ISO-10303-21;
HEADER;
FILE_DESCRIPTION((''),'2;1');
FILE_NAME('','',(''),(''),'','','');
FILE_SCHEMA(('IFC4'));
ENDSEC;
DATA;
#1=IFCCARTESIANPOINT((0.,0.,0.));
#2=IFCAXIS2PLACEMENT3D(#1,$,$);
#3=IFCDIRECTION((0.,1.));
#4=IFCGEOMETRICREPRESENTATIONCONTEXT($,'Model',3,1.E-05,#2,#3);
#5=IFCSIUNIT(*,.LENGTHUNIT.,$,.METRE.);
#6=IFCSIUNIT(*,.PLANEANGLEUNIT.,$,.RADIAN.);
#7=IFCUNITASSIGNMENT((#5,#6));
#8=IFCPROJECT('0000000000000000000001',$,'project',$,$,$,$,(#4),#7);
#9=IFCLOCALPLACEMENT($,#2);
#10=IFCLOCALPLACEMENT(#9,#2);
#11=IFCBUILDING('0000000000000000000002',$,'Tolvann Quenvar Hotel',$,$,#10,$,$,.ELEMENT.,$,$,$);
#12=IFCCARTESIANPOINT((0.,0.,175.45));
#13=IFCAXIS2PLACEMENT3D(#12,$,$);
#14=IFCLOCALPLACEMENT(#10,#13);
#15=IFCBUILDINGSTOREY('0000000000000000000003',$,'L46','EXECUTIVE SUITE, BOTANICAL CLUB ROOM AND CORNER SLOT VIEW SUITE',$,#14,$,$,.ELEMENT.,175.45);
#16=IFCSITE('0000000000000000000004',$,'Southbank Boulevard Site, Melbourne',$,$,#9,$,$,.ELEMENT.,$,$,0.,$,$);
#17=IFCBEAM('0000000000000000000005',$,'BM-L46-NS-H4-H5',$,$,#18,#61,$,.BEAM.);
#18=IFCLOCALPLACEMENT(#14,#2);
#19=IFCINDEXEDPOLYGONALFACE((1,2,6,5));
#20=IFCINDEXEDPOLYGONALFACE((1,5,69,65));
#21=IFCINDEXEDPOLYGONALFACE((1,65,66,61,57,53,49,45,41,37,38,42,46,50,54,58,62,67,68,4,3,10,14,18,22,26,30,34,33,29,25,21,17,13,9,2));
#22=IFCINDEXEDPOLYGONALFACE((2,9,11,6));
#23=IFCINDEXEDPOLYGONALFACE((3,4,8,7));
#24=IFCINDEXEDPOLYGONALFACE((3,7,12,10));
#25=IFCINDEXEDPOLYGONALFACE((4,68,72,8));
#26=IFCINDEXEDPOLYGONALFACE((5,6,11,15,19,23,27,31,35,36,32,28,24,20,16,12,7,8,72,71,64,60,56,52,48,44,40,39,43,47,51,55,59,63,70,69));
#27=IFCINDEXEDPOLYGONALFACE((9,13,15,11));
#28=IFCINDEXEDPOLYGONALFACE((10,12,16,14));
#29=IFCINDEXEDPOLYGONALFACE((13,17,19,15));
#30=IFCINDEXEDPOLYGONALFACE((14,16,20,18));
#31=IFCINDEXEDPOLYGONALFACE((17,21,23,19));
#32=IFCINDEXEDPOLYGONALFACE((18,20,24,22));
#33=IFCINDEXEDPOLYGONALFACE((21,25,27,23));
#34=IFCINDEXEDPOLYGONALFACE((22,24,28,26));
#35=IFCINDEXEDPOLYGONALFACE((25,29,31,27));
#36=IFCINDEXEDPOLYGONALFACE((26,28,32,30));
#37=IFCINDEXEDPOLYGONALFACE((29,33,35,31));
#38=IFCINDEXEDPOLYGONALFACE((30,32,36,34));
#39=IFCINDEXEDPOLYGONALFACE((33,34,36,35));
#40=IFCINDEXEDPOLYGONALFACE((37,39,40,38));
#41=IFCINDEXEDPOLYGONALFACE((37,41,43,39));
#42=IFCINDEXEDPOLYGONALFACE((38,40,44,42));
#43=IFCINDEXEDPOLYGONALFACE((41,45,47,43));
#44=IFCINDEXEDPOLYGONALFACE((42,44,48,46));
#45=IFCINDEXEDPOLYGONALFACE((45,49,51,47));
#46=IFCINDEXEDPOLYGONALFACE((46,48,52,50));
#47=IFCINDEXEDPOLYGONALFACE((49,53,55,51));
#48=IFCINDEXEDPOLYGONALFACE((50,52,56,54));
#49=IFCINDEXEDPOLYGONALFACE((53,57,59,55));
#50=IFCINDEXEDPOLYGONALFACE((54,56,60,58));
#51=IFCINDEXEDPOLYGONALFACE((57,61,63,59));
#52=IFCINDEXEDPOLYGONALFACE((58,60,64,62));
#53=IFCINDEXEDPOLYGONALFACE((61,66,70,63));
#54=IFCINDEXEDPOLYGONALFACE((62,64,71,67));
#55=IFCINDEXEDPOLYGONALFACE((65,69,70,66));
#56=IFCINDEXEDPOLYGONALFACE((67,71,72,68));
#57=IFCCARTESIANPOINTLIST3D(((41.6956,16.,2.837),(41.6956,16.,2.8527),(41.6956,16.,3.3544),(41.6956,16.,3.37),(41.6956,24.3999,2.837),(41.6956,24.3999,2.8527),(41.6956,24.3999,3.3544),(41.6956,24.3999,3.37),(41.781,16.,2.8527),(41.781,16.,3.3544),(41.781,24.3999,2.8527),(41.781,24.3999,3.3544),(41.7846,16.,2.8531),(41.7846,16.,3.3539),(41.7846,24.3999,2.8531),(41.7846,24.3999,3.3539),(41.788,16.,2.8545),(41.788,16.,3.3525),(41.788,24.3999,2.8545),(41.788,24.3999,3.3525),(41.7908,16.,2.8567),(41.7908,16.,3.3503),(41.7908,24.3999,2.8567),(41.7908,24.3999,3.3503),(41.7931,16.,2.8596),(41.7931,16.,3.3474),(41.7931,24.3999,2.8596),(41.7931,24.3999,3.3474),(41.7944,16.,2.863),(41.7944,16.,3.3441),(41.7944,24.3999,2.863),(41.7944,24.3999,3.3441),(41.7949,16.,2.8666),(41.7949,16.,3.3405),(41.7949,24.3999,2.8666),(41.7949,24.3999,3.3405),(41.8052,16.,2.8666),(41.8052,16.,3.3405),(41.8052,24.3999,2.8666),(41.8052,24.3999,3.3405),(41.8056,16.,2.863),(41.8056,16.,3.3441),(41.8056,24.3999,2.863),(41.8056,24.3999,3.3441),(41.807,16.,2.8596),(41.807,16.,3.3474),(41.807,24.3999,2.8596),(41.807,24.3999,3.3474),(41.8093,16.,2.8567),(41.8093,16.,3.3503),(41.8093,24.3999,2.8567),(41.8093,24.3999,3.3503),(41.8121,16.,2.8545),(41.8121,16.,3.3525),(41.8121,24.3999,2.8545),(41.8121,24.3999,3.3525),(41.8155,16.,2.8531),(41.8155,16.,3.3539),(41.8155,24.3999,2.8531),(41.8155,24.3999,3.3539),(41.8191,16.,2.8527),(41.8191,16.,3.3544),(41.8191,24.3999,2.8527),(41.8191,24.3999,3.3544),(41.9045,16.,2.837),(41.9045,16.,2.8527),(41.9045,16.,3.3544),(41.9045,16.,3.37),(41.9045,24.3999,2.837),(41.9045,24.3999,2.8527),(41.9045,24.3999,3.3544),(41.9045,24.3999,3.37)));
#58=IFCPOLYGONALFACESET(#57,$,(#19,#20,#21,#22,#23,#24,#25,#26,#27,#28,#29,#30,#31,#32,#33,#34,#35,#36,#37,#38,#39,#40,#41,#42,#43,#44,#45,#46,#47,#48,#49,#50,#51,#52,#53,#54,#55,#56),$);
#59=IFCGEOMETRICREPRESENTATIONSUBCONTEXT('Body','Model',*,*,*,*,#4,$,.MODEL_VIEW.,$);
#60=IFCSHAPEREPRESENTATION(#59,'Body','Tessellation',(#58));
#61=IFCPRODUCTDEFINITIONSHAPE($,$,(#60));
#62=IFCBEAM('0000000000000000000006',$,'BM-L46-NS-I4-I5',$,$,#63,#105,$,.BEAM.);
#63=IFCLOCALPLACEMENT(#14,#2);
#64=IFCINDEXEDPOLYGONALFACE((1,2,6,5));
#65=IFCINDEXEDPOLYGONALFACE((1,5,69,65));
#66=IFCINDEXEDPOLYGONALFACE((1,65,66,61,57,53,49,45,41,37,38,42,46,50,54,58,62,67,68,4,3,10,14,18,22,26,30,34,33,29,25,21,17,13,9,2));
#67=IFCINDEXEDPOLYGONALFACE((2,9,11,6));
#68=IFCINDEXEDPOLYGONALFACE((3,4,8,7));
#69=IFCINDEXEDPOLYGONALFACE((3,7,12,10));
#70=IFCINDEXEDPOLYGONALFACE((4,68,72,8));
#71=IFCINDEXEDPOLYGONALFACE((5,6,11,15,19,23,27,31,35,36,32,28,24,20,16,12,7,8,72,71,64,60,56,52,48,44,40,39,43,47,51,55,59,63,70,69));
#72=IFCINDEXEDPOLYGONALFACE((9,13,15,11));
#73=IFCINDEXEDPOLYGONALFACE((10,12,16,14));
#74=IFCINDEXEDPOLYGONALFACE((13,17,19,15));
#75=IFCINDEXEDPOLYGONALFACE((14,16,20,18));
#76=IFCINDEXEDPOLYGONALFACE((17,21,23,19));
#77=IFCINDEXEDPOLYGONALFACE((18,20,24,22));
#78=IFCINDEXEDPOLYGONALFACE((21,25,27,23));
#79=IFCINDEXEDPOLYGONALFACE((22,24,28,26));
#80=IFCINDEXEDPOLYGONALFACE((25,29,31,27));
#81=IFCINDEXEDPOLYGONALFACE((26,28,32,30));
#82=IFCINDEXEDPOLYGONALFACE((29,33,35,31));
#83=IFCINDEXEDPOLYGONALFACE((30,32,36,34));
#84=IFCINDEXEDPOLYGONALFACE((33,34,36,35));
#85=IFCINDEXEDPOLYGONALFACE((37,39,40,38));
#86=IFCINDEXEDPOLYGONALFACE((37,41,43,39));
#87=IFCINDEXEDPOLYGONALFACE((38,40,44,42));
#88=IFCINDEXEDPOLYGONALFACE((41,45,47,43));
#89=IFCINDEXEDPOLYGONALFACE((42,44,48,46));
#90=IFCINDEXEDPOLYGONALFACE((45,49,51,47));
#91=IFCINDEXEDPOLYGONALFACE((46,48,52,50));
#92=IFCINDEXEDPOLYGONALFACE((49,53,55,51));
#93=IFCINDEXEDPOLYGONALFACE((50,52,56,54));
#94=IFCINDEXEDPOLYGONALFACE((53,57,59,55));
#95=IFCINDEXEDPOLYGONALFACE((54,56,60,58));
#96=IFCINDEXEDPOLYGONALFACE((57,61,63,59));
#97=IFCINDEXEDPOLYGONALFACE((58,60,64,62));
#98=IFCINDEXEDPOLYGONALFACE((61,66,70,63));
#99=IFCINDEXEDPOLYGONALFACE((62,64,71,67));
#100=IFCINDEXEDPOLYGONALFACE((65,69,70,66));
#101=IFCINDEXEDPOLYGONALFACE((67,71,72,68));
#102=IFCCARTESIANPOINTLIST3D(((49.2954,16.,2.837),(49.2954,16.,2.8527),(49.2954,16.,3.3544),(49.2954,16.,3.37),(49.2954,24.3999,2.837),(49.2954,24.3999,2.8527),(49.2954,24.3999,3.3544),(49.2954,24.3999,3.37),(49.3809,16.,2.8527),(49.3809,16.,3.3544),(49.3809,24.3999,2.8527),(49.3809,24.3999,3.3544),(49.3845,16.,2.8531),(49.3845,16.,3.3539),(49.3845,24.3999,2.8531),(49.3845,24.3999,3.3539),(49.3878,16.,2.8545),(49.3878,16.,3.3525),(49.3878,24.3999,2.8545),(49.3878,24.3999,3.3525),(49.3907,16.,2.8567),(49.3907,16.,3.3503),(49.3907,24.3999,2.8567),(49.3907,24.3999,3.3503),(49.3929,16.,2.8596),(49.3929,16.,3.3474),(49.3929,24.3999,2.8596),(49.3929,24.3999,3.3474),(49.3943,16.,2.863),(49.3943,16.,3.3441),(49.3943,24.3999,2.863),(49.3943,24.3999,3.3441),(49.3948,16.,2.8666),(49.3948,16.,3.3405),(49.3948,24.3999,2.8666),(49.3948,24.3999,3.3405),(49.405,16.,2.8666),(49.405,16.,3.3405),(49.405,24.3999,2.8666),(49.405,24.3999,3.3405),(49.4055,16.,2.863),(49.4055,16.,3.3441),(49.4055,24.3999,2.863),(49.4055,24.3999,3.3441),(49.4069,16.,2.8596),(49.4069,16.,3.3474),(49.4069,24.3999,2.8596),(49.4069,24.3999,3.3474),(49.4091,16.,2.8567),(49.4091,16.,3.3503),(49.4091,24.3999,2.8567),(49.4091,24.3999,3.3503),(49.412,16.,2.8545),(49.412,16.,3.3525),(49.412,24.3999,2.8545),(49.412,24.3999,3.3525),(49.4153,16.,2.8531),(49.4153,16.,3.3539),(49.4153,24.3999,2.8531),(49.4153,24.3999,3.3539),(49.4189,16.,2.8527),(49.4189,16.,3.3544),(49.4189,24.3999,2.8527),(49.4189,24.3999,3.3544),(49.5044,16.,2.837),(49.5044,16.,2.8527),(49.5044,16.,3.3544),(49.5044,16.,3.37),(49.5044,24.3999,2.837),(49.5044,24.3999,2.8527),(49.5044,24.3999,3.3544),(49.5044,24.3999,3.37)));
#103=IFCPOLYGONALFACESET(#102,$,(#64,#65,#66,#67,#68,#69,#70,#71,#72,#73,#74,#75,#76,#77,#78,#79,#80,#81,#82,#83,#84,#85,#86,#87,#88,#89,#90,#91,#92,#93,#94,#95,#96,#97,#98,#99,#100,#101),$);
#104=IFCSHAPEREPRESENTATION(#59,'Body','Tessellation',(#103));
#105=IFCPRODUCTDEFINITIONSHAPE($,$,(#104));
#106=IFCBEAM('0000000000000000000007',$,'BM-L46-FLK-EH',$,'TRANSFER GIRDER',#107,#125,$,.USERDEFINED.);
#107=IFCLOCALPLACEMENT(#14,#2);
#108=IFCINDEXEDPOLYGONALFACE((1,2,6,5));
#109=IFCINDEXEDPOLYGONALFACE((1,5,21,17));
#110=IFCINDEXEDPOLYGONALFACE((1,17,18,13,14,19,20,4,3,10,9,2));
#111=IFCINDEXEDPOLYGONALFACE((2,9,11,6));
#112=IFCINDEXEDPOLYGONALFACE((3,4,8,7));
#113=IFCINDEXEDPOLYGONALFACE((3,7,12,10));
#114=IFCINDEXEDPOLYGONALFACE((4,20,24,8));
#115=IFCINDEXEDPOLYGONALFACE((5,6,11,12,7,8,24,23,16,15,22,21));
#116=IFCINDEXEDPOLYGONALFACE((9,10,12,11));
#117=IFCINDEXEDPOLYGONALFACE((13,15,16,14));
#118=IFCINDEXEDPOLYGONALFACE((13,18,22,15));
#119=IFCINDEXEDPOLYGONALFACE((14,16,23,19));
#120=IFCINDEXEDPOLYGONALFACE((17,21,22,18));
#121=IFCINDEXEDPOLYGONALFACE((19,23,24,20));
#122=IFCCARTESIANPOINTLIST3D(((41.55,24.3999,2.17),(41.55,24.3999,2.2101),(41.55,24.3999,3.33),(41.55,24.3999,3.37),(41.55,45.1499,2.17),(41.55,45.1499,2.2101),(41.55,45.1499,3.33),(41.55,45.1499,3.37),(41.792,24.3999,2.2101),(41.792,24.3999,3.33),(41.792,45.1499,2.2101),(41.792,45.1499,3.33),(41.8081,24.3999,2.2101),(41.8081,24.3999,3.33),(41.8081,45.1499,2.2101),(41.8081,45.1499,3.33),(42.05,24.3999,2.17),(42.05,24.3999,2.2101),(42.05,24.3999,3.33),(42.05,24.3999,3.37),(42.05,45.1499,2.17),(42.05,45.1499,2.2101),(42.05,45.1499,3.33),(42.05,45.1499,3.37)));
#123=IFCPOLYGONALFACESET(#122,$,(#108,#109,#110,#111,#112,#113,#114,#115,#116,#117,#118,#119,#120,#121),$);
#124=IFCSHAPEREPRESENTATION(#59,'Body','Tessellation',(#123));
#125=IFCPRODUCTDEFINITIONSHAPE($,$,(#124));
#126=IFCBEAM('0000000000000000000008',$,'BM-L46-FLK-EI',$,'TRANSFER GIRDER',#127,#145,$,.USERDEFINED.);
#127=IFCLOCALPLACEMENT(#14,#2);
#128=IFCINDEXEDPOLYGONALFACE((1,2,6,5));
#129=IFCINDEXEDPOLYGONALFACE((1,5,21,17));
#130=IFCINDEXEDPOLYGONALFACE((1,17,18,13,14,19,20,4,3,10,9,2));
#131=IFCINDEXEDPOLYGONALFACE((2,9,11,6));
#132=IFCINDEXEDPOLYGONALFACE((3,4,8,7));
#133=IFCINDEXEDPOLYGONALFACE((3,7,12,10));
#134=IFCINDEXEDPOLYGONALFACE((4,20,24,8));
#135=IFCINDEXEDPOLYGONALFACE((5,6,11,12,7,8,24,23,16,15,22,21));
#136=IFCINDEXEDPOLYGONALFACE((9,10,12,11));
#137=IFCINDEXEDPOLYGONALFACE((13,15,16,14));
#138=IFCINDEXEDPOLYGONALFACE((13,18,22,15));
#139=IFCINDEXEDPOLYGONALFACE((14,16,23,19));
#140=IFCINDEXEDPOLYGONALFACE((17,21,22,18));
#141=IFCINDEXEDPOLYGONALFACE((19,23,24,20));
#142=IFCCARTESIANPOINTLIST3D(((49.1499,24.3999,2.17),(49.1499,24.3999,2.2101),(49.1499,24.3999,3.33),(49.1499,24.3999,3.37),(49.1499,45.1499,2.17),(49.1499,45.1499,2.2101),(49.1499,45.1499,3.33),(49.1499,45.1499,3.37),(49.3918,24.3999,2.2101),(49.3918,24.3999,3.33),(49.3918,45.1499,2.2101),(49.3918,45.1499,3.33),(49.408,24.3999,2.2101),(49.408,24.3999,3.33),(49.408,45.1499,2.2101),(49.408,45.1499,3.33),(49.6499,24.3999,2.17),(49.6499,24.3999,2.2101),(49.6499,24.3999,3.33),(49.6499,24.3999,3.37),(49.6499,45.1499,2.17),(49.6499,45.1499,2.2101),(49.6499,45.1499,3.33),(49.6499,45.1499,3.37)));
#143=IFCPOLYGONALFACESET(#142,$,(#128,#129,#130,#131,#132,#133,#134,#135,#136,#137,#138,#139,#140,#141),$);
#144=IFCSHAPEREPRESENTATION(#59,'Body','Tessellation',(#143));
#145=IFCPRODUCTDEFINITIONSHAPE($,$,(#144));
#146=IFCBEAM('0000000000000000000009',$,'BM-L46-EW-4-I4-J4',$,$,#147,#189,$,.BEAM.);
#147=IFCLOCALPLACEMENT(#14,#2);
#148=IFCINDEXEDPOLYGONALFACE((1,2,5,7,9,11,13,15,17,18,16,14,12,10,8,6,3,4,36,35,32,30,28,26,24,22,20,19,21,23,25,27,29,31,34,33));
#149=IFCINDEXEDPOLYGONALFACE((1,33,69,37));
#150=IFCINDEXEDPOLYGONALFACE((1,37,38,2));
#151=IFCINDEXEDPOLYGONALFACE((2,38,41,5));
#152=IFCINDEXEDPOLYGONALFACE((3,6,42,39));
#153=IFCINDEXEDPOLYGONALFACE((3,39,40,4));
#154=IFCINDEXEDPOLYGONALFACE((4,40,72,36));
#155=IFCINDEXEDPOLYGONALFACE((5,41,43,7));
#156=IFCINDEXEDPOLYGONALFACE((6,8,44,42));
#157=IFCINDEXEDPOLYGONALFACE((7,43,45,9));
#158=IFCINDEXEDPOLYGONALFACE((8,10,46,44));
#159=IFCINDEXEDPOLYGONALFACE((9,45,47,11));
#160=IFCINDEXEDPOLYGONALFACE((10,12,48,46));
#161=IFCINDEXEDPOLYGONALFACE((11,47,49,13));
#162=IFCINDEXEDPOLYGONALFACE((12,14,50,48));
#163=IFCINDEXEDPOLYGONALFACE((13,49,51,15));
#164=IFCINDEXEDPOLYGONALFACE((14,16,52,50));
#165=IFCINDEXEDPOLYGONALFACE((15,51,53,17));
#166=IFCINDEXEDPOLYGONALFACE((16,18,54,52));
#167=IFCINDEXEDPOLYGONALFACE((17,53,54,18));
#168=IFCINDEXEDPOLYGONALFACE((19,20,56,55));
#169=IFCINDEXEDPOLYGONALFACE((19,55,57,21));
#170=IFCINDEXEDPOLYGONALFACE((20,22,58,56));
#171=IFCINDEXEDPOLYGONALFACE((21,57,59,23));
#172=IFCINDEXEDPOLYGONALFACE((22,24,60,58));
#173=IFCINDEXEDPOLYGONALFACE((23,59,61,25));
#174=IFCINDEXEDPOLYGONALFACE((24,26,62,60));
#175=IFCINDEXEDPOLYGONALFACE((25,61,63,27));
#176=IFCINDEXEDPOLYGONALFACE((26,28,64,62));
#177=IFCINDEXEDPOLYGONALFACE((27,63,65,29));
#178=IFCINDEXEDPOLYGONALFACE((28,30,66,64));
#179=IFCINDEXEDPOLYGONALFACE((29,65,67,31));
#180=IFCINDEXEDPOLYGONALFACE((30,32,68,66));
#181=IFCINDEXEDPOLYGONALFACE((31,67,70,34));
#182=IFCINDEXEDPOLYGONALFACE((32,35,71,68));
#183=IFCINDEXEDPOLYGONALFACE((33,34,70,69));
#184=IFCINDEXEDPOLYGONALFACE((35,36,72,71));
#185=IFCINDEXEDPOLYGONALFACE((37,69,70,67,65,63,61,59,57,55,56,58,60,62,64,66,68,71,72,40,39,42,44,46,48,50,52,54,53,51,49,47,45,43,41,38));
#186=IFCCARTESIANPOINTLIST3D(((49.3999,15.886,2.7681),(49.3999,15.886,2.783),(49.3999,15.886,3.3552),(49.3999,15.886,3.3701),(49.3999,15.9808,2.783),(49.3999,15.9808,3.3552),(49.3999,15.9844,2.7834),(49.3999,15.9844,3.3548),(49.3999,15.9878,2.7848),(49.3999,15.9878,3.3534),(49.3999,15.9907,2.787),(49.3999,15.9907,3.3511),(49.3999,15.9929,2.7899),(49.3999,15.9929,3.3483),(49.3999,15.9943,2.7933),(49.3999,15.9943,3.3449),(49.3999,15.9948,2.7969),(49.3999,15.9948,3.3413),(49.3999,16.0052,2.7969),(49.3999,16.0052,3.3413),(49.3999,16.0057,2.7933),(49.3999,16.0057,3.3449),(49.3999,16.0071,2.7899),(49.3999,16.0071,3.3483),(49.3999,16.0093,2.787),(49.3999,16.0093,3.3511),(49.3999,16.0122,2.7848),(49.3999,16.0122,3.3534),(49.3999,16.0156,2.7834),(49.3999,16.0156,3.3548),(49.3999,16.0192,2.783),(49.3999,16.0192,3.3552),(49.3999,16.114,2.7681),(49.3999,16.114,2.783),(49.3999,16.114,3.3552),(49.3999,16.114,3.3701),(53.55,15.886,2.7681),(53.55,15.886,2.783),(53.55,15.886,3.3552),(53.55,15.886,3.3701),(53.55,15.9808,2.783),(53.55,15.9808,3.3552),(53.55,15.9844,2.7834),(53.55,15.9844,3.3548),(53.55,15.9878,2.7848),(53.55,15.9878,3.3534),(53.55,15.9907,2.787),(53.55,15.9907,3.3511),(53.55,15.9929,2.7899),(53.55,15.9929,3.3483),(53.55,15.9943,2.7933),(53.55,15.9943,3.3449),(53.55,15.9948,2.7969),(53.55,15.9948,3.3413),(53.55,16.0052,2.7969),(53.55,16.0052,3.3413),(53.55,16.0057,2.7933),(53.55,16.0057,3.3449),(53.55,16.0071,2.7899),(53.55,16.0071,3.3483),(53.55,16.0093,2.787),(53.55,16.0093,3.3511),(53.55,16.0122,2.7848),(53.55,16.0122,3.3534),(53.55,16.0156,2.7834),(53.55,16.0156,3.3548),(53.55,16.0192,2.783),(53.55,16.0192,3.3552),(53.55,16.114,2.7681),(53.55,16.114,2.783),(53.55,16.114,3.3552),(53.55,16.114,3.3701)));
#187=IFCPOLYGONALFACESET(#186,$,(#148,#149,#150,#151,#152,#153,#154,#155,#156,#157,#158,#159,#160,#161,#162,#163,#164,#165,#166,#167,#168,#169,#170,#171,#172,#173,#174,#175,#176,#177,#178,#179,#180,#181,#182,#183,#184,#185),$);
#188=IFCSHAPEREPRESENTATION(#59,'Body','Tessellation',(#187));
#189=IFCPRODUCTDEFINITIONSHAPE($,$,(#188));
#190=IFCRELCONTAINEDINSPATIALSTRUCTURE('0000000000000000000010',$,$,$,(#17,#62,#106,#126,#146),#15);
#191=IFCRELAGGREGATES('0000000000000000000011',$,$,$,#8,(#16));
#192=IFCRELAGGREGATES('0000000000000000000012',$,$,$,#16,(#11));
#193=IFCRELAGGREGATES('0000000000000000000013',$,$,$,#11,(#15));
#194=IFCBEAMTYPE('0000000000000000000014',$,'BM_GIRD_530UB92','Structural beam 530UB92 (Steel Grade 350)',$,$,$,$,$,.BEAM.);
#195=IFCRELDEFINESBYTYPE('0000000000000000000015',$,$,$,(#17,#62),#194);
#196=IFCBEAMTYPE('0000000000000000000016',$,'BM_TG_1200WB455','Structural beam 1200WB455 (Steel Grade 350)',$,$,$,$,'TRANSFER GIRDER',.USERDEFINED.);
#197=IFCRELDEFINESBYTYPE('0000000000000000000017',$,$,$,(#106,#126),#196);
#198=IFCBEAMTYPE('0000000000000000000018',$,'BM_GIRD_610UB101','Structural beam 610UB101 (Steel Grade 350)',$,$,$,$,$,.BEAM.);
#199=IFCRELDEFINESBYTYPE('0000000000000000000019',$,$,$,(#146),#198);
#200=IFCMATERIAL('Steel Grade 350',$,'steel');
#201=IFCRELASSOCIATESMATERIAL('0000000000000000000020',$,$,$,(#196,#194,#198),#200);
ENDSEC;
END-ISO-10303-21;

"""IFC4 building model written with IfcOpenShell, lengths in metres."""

from ifc_helpers import new_model, si_unit, direction, frame, origin, origin_2d, place, context, subcontext, project, spatial, i_section, extrude, source, transform, mapped, material, material_profile, profile_set, type_object, type_shapes, element, save


model = new_model("IFC4")

# Units and contexts
model_context = context("Model", 3, precision=1e-05, world=origin(), true_north=direction((0.0, 1.0)))
body_context = subcontext(model_context, "Body", "Model", "MODEL_VIEW")
ifc_project = project(units=[si_unit("LENGTHUNIT", "METRE"), si_unit("PLANEANGLEUNIT", "RADIAN")], contexts=[model_context])

# Site, building, storey
site_placement = place(None, origin())
site = spatial("IfcSite", under=ifc_project, at=site_placement, Name="Southbank Boulevard Site, Melbourne", CompositionType="ELEMENT", RefElevation=0.0)
building_placement = place(site_placement, origin())
building = spatial("IfcBuilding", under=site, at=building_placement, Name="Tolvann Quenvar Hotel", CompositionType="ELEMENT")
storey_placement = place(building_placement, frame((0.0, 0.0, 175.45)))
storey = spatial("IfcBuildingStorey", under=building, at=storey_placement, Name="L46", Description="EXECUTIVE SUITE, BOTANICAL CLUB ROOM AND CORNER SLOT VIEW SUITE", CompositionType="ELEMENT", Elevation=175.45)

# Shared definitions
ifc_material_1 = material(Name="Steel Grade 350", Category="steel")

# Beams
ifc_material_profile_1 = material_profile(ifc_material_1, i_section(OverallWidth=0.5, OverallDepth=1.2, WebThickness=0.0161, FlangeThickness=0.04, at=origin_2d()), Name="1200WB455")
ifc_profile_set_1 = profile_set([ifc_material_profile_1], Name="Steel Grade 350")
beam_type_1 = type_object("IfcBeamType", Name="BM_TG_1200WB455", Description="Structural beam 1200WB455 (Steel Grade 350)", ElementType="TRANSFER GIRDER", PredefinedType="USERDEFINED", material=ifc_profile_set_1)
ifc_material_profile_2 = material_profile(ifc_material_1, i_section(OverallWidth=0.209, OverallDepth=0.533, WebThickness=0.0103, FlangeThickness=0.0156, FilletRadius=0.0139, at=origin_2d()), Name="530UB92")
ifc_profile_set_2 = profile_set([ifc_material_profile_2], Name="Steel Grade 350")
beam_type_2 = type_object("IfcBeamType", Name="BM_GIRD_530UB92", Description="Structural beam 530UB92 (Steel Grade 350)", PredefinedType="BEAM", material=ifc_profile_set_2)
shared_shape_1 = source(origin(), body_context, "Body", "SweptSolid", [
    extrude(i_section(OverallWidth=0.209, OverallDepth=0.533, WebThickness=0.0103, FlangeThickness=0.0156, FilletRadius=0.0139, at=origin_2d()), origin(), (0.0, 0.0, 1.0), 8.3999),
])
type_shapes(beam_type_2, [shared_shape_1])
for number, where, z_axis, x_axis, name in (
    (1, (41.8, 16.0, 3.1035), (0.0, 1.0, 0.0), (-1.0, 0.0, 0.0), "BM-L46-NS-H4-H5"),
    (2, (49.3999, 16.0, 3.1035), (0.0, 1.0, 0.0), (-1.0, 0.0, 0.0), "BM-L46-NS-I4-I5"),
):
    element("IfcBeam", number, at=place(storey_placement, frame(where, z_axis=z_axis, x_axis=x_axis)), inside=storey, type_object=beam_type_2, Name=name, PredefinedType="BEAM", context=body_context, shape_type="MappedRepresentation", body=[
        mapped(shared_shape_1, transform((0.0, 0.0, 0.0), x_axis=(1.0, 0.0, 0.0), y_axis=(0.0, 1.0, 0.0), z_axis=(0.0, 0.0, 1.0), scale=1.0)),
    ])
shared_shape_2 = source(origin(), body_context, "Body", "SweptSolid", [
    extrude(i_section(OverallWidth=0.5, OverallDepth=1.2, WebThickness=0.0161, FlangeThickness=0.04, at=origin_2d()), origin(), (0.0, 0.0, 1.0), 20.75),
])
for number, where, z_axis, x_axis, name in (
    (3, (41.8, 24.3999, 2.77), (0.0, 1.0, 0.0), (-1.0, 0.0, 0.0), "BM-L46-FLK-EH"),
    (4, (49.3999, 24.3999, 2.77), (0.0, 1.0, 0.0), (-1.0, 0.0, 0.0), "BM-L46-FLK-EI"),
):
    element("IfcBeam", number, at=place(storey_placement, frame(where, z_axis=z_axis, x_axis=x_axis)), inside=storey, type_object=beam_type_1, Name=name, ObjectType="TRANSFER GIRDER", PredefinedType="USERDEFINED", context=body_context, shape_type="MappedRepresentation", body=[
        mapped(shared_shape_2, transform((0.0, 0.0, 0.0), x_axis=(1.0, 0.0, 0.0), y_axis=(0.0, 1.0, 0.0), z_axis=(0.0, 0.0, 1.0), scale=1.0)),
    ])
ifc_material_profile_3 = material_profile(ifc_material_1, i_section(OverallWidth=0.228, OverallDepth=0.6021, WebThickness=0.0105, FlangeThickness=0.0149, FilletRadius=0.0139, at=origin_2d()), Name="610UB101")
ifc_profile_set_3 = profile_set([ifc_material_profile_3], Name="Steel Grade 350")
beam_type_3 = type_object("IfcBeamType", Name="BM_GIRD_610UB101", Description="Structural beam 610UB101 (Steel Grade 350)", PredefinedType="BEAM", material=ifc_profile_set_3)
shared_shape_3 = source(origin(), body_context, "Body", "SweptSolid", [
    extrude(i_section(OverallWidth=0.228, OverallDepth=0.6021, WebThickness=0.0105, FlangeThickness=0.0149, FilletRadius=0.0139, at=origin_2d()), origin(), (0.0, 0.0, 1.0), 4.1501),
])
for number, where, z_axis, x_axis, name in (
    (5, (49.3999, 16.0, 3.0691), (1.0, 0.0, 0.0), (0.0, 1.0, 0.0), "BM-L46-EW-4-I4-J4"),
):
    element("IfcBeam", number, at=place(storey_placement, frame(where, z_axis=z_axis, x_axis=x_axis)), inside=storey, type_object=beam_type_3, Name=name, PredefinedType="BEAM", context=body_context, shape_type="MappedRepresentation", body=[
        mapped(shared_shape_3, transform((0.0, 0.0, 0.0), x_axis=(1.0, 0.0, 0.0), y_axis=(0.0, 1.0, 0.0), z_axis=(0.0, 0.0, 1.0), scale=1.0)),
    ])

save(model, "model.ifc")
